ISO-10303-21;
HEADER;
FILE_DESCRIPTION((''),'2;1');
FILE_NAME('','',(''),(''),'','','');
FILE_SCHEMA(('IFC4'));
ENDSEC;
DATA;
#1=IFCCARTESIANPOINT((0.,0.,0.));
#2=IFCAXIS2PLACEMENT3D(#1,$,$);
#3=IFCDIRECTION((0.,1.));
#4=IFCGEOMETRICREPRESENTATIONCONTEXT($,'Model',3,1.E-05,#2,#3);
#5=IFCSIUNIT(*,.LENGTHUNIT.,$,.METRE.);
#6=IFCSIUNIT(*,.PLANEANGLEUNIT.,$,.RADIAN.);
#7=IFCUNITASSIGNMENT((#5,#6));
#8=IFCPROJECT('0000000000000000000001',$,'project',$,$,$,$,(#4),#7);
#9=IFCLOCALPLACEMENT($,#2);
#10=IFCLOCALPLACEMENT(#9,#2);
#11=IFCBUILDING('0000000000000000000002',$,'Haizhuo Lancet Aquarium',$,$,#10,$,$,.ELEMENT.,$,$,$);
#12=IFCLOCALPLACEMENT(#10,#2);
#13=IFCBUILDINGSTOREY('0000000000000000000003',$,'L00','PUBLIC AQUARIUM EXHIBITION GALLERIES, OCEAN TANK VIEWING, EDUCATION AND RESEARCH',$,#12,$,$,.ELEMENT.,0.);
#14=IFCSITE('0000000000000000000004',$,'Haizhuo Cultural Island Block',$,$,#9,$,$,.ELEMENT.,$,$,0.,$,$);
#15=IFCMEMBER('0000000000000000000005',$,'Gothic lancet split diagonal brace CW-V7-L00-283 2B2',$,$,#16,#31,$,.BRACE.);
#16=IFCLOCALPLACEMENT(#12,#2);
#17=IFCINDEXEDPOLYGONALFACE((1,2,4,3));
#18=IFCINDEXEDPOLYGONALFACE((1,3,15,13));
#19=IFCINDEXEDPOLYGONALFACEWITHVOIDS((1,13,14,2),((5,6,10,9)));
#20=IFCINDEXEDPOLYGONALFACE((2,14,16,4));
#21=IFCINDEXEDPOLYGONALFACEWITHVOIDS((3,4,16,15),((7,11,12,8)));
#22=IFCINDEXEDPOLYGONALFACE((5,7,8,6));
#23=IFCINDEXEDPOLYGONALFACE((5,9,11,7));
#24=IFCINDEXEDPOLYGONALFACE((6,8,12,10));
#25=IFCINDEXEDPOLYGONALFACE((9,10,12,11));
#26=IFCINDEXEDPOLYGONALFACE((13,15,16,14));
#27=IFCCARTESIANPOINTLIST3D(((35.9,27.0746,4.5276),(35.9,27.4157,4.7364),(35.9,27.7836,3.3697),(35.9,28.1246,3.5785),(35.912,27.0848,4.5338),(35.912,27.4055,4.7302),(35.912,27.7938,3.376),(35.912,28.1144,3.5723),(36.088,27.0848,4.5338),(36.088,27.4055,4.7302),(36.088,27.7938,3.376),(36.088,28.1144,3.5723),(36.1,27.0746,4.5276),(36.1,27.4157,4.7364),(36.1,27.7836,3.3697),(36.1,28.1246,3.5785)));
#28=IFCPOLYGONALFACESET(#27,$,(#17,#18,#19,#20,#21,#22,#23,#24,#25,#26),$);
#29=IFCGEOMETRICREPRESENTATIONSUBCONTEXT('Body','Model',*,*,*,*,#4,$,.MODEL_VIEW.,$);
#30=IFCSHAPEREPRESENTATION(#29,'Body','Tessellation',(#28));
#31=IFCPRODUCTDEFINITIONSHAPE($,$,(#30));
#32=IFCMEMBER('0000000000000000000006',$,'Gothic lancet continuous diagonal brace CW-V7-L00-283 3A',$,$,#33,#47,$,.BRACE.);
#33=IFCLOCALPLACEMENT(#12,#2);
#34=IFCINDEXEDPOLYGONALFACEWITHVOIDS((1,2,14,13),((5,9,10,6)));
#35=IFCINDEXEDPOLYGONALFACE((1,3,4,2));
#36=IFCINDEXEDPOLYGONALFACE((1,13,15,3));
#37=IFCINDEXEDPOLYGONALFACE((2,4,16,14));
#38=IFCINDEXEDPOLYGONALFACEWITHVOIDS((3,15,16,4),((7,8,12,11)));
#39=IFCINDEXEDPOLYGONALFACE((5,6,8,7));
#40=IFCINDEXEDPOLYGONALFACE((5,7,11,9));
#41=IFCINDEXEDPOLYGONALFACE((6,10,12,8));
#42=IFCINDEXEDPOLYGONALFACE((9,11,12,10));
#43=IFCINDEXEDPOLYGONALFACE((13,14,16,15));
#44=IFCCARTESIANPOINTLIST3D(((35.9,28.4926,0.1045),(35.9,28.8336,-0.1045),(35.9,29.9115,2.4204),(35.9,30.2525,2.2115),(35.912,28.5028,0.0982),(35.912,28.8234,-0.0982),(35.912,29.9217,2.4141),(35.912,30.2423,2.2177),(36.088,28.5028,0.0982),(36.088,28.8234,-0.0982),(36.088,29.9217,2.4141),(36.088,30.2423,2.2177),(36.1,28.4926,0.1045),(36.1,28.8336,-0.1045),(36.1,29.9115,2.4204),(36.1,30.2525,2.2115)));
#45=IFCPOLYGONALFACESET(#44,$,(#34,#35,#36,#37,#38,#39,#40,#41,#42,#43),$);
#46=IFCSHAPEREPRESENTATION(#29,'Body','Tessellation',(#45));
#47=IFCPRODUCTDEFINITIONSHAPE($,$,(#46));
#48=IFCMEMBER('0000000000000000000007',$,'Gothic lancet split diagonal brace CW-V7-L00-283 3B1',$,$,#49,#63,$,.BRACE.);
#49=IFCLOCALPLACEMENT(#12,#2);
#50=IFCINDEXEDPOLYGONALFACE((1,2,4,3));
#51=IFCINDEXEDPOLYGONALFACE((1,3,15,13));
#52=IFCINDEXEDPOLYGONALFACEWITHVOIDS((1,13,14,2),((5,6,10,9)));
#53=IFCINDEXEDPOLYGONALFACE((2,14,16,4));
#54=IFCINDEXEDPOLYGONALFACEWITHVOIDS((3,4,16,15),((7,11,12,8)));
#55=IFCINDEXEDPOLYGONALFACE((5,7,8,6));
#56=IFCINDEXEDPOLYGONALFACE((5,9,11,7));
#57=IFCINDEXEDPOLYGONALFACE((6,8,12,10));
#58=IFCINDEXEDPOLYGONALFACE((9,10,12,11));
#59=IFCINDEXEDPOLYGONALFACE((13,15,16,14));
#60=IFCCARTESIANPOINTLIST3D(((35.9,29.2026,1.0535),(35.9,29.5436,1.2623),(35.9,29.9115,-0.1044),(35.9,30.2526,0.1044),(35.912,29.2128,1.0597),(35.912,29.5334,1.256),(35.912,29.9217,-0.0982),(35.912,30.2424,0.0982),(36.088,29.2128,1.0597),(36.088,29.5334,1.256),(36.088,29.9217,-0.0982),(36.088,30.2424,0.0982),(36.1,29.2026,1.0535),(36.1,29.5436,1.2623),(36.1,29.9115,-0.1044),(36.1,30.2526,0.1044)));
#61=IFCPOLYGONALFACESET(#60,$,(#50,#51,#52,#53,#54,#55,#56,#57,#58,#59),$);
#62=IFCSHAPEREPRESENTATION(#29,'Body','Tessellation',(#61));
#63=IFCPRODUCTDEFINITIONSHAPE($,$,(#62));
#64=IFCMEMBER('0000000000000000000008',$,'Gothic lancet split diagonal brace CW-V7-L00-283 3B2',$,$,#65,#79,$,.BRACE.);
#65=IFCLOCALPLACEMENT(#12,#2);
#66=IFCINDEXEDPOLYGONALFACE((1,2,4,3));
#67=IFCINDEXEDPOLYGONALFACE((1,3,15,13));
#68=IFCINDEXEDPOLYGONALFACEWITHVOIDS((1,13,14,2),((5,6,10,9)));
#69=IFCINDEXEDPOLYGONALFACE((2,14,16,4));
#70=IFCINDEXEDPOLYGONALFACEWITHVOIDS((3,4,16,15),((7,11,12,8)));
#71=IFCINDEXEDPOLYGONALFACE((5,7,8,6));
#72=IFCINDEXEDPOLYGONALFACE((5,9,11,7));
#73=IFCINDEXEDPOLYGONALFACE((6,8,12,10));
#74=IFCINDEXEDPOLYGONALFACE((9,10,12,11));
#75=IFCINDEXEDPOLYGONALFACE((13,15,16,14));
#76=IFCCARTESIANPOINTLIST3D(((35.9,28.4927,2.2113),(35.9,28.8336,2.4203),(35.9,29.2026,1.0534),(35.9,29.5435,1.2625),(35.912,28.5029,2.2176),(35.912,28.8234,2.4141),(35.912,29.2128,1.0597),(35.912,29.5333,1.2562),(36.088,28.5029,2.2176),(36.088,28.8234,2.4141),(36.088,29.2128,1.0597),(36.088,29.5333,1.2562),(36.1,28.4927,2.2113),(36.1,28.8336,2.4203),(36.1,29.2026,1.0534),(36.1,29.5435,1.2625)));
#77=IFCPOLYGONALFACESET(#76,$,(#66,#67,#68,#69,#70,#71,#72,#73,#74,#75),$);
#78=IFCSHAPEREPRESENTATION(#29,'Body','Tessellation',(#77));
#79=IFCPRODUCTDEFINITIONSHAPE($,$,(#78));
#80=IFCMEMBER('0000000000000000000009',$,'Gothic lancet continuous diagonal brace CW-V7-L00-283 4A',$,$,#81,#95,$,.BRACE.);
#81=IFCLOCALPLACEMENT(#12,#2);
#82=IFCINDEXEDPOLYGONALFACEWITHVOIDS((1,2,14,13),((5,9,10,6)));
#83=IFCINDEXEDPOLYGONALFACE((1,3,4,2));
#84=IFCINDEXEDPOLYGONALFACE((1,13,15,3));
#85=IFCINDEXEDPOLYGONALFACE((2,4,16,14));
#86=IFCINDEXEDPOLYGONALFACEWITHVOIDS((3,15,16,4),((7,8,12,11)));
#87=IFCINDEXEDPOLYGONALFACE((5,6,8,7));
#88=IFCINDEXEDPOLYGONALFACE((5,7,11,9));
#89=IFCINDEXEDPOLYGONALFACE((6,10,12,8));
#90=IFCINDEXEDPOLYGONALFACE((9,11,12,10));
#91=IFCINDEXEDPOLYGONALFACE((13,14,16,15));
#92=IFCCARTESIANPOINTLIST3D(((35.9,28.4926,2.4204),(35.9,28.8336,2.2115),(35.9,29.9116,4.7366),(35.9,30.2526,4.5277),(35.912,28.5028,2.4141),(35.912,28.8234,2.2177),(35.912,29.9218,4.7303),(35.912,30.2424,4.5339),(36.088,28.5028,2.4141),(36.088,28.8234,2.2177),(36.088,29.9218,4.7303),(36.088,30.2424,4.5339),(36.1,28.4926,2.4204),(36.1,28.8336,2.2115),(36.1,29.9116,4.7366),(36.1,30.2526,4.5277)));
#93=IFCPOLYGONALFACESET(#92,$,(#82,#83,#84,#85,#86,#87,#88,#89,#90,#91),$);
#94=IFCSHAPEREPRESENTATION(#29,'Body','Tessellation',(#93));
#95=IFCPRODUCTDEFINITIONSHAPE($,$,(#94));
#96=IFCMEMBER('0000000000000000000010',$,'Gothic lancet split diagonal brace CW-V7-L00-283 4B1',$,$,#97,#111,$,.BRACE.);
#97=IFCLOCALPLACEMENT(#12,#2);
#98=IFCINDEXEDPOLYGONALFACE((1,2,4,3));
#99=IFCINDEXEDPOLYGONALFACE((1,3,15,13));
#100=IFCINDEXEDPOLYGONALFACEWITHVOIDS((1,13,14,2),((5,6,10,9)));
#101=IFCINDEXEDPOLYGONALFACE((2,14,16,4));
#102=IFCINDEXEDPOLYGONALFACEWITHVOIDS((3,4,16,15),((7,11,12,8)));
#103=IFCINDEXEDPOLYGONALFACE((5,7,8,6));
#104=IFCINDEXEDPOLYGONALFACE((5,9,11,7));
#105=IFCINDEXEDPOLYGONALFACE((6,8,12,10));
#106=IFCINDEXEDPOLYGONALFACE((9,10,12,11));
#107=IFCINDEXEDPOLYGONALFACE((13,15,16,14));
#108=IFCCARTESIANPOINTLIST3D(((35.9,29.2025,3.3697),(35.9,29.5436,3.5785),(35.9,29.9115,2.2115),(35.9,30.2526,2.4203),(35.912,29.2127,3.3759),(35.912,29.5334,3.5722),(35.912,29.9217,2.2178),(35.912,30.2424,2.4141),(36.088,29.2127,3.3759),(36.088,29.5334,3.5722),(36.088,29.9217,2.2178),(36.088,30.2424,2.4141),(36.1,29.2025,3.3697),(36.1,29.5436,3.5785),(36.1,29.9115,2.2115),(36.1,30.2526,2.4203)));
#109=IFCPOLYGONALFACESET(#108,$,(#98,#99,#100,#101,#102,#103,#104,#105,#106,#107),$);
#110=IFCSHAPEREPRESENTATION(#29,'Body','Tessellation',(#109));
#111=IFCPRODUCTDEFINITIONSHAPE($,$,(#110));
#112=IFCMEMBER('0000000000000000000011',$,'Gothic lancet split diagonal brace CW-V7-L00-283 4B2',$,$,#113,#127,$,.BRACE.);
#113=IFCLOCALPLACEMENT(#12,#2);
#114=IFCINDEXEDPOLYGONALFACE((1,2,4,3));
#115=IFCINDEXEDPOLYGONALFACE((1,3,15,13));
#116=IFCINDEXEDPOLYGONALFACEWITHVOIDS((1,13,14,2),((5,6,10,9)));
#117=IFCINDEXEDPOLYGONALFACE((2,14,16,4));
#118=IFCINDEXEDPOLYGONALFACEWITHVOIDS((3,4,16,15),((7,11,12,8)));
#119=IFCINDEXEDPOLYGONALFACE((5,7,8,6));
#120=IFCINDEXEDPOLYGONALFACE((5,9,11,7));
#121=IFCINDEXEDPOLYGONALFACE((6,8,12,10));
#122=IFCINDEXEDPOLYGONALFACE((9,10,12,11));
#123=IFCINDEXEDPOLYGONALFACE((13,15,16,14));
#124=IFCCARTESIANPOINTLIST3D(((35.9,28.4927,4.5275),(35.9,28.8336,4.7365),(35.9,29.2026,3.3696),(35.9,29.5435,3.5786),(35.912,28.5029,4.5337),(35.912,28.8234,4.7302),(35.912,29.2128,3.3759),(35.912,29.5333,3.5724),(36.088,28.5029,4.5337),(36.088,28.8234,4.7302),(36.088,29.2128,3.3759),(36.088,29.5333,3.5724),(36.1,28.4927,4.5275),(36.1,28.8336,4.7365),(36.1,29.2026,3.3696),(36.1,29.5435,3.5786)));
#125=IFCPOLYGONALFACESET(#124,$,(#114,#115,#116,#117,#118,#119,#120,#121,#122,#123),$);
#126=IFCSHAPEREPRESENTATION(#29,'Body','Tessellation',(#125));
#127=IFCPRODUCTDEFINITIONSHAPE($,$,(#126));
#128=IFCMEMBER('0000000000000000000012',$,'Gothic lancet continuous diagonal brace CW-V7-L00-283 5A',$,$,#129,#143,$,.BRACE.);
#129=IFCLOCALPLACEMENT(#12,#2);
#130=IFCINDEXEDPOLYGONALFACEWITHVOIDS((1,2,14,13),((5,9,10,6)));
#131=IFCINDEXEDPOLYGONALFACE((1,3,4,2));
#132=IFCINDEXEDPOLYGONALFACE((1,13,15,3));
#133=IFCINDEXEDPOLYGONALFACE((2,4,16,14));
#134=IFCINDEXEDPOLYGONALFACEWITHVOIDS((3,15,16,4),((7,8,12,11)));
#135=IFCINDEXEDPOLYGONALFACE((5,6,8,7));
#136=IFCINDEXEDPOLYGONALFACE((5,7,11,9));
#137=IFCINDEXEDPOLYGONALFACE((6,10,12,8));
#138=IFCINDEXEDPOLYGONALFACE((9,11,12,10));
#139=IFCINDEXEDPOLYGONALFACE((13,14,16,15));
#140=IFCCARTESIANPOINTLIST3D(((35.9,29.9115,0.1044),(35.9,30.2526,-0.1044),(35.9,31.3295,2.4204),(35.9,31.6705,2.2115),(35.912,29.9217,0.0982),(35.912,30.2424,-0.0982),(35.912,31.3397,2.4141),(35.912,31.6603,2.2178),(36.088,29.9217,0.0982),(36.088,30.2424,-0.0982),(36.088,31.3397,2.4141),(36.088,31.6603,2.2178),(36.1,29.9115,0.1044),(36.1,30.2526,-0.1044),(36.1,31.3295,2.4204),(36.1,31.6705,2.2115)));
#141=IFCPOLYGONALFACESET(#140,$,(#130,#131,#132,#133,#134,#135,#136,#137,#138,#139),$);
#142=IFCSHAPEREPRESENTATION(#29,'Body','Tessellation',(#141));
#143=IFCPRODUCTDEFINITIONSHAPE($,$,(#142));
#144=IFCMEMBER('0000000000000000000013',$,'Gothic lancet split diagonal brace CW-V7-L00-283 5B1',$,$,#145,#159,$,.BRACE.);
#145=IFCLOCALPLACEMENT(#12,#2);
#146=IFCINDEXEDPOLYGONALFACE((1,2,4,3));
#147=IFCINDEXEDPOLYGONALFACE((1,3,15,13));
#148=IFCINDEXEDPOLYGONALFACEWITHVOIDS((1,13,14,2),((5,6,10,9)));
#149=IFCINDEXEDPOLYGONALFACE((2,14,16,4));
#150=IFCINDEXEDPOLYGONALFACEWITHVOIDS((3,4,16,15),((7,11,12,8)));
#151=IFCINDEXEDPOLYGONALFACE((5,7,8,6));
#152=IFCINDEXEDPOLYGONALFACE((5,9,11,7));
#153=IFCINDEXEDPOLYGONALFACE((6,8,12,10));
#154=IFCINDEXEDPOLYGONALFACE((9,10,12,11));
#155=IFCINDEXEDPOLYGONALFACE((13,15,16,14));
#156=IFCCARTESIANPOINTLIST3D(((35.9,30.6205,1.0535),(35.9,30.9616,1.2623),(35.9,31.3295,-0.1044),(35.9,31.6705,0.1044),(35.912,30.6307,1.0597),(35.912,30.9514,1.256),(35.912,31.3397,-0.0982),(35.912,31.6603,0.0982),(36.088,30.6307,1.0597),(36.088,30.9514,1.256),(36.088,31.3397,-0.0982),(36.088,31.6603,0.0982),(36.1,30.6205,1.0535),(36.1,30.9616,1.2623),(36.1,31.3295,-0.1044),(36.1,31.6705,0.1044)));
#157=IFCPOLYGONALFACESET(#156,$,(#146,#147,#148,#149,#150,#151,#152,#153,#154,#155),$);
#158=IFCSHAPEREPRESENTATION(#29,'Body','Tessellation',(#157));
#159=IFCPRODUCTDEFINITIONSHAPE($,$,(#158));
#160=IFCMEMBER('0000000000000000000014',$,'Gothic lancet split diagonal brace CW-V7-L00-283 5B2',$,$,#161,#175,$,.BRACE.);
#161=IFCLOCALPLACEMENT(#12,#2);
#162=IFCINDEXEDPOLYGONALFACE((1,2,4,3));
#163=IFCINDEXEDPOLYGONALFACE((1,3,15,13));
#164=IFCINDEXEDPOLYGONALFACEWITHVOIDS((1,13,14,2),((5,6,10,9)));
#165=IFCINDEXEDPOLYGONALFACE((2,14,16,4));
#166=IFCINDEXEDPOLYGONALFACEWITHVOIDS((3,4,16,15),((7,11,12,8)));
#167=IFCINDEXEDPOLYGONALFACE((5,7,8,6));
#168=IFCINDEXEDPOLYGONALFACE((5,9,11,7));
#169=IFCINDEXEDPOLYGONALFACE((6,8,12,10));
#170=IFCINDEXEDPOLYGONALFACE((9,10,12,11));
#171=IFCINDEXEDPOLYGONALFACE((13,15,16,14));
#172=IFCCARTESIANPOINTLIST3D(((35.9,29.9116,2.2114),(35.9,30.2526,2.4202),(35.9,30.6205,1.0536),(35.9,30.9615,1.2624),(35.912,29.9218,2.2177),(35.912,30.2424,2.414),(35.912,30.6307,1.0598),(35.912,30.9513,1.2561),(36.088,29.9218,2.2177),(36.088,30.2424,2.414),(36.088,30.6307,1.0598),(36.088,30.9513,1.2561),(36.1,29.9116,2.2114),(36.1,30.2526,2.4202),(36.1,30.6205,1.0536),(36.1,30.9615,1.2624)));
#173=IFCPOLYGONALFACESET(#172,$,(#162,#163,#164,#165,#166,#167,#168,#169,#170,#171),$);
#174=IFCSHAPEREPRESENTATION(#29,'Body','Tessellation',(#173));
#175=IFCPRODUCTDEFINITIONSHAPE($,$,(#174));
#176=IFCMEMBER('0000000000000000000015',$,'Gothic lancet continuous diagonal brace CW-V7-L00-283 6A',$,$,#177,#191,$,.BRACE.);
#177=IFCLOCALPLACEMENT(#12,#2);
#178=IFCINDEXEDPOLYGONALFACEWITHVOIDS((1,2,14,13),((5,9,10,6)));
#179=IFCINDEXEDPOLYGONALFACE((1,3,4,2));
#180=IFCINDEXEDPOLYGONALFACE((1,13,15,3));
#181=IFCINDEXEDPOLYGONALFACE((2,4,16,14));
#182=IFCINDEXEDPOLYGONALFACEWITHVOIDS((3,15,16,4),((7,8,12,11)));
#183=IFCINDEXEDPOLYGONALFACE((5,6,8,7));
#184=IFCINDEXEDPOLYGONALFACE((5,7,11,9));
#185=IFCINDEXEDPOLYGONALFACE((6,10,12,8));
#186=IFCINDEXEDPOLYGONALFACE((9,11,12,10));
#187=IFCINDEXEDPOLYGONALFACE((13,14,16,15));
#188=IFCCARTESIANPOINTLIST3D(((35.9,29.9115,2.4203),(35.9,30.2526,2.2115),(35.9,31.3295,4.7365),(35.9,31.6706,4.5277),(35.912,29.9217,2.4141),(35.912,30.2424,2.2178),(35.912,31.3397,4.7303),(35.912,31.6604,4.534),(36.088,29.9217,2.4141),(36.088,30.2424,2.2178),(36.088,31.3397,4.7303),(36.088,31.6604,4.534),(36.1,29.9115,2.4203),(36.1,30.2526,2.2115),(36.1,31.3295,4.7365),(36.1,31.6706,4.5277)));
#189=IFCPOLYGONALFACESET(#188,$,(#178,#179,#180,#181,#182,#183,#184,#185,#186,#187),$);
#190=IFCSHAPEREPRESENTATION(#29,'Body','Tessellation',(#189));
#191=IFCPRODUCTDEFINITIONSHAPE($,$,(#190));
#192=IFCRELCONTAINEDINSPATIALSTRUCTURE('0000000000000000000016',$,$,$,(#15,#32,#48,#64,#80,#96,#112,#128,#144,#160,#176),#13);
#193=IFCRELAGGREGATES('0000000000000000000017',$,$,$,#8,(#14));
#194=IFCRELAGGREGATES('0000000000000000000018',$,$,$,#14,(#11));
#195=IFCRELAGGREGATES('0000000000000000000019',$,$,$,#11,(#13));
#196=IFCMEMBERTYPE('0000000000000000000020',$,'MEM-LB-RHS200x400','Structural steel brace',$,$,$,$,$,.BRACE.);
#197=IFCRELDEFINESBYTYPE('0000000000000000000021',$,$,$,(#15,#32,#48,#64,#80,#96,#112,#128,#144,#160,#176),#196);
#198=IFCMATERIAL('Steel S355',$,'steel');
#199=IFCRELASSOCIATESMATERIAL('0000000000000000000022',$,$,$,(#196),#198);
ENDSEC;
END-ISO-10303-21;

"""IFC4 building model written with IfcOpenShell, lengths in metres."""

from ifc_helpers import new_model, si_unit, direction, frame, origin, origin_2d, place, context, subcontext, project, spatial, hollow_rectangle, extrude, material, material_profile, profile_set, type_object, element, save


model = new_model("IFC4")

# Units and contexts
model_context = context("Model", 3, precision=1e-05, world=origin(), true_north=direction((0.0, 1.0)))
body_context = subcontext(model_context, "Body", "Model", "MODEL_VIEW")
ifc_project = project(units=[si_unit("LENGTHUNIT", "METRE"), si_unit("PLANEANGLEUNIT", "RADIAN")], contexts=[model_context])

# Site, building, storey
site_placement = place(None, origin())
site = spatial("IfcSite", under=ifc_project, at=site_placement, Name="Haizhuo Cultural Island Block", CompositionType="ELEMENT", RefElevation=0.0)
building_placement = place(site_placement, origin())
building = spatial("IfcBuilding", under=site, at=building_placement, Name="Haizhuo Lancet Aquarium", CompositionType="ELEMENT")
storey_placement = place(building_placement, origin())
storey = spatial("IfcBuildingStorey", under=building, at=storey_placement, Name="L00", Description="PUBLIC AQUARIUM EXHIBITION GALLERIES, OCEAN TANK VIEWING, EDUCATION AND RESEARCH", CompositionType="ELEMENT", Elevation=0.0)

# Members
ifc_material_1 = material(Name="Steel S355", Category="steel")
ifc_material_profile_1 = material_profile(ifc_material_1, hollow_rectangle(XDim=0.2, YDim=0.3999, WallThickness=0.012, at=origin_2d()), Name="RHS 200x400x12")
ifc_profile_set_1 = profile_set([ifc_material_profile_1], Name="Steel S355")
member_type_1 = type_object("IfcMemberType", Name="MEM-LB-RHS200x400", Description="Structural steel brace", PredefinedType="BRACE", material=ifc_profile_set_1)
member_1_placement = place(storey_placement, frame((36.0, 27.9541, 3.4741), z_axis=(0.0, -0.52217, 0.852841), x_axis=(1.0, 0.0, 0.0)))
element("IfcMember", 1, at=member_1_placement, inside=storey, type_object=member_type_1, Name="Gothic lancet split diagonal brace CW-V7-L00-283 2B2", PredefinedType="BRACE", context=body_context, shape_type="SweptSolid", body=[
    extrude(hollow_rectangle(XDim=0.2, YDim=0.3999, WallThickness=0.012, at=origin_2d()), origin(), (0.0, 0.0, 1.0), 1.3577),
])
member_2_placement = place(storey_placement, frame((36.0, 28.6631, 0.0), z_axis=(0.0, 0.522431, 0.852681), x_axis=(-1.0, 0.0, 0.0)))
element("IfcMember", 2, at=member_2_placement, inside=storey, type_object=member_type_1, Name="Gothic lancet continuous diagonal brace CW-V7-L00-283 3A", PredefinedType="BRACE", context=body_context, shape_type="SweptSolid", body=[
    extrude(hollow_rectangle(XDim=0.2, YDim=0.3999, WallThickness=0.012, at=origin_2d()), origin(), (0.0, 0.0, 1.0), 2.7161),
])
member_3_placement = place(storey_placement, frame((36.0, 30.082, 0.0), z_axis=(0.0, -0.52217, 0.852841), x_axis=(1.0, 0.0, 0.0)))
element("IfcMember", 3, at=member_3_placement, inside=storey, type_object=member_type_1, Name="Gothic lancet split diagonal brace CW-V7-L00-283 3B1", PredefinedType="BRACE", context=body_context, shape_type="SweptSolid", body=[
    extrude(hollow_rectangle(XDim=0.2, YDim=0.3999, WallThickness=0.012, at=origin_2d()), origin(), (0.0, 0.0, 1.0), 1.3577),
])
member_4_placement = place(storey_placement, frame((36.0, 29.373, 1.158), z_axis=(0.0, -0.522693, 0.852521), x_axis=(1.0, 0.0, 0.0)))
element("IfcMember", 4, at=member_4_placement, inside=storey, type_object=member_type_1, Name="Gothic lancet split diagonal brace CW-V7-L00-283 3B2", PredefinedType="BRACE", context=body_context, shape_type="SweptSolid", body=[
    extrude(hollow_rectangle(XDim=0.2, YDim=0.3999, WallThickness=0.012, at=origin_2d()), origin(), (0.0, 0.0, 1.0), 1.3582),
])
member_5_placement = place(storey_placement, frame((36.0, 28.6631, 2.3159), z_axis=(0.0, 0.522391, 0.852706), x_axis=(-1.0, 0.0, 0.0)))
element("IfcMember", 5, at=member_5_placement, inside=storey, type_object=member_type_1, Name="Gothic lancet continuous diagonal brace CW-V7-L00-283 4A", PredefinedType="BRACE", context=body_context, shape_type="SweptSolid", body=[
    extrude(hollow_rectangle(XDim=0.2, YDim=0.3999, WallThickness=0.012, at=origin_2d()), origin(), (0.0, 0.0, 1.0), 2.7163),
])
member_6_placement = place(storey_placement, frame((36.0, 30.082, 2.3159), z_axis=(0.0, -0.52209, 0.852891), x_axis=(1.0, 0.0, 0.0)))
element("IfcMember", 6, at=member_6_placement, inside=storey, type_object=member_type_1, Name="Gothic lancet split diagonal brace CW-V7-L00-283 4B1", PredefinedType="BRACE", context=body_context, shape_type="SweptSolid", body=[
    extrude(hollow_rectangle(XDim=0.2, YDim=0.3999, WallThickness=0.012, at=origin_2d()), origin(), (0.0, 0.0, 1.0), 1.3579),
])
member_7_placement = place(storey_placement, frame((36.0, 29.373, 3.4741), z_axis=(0.0, -0.522693, 0.852521), x_axis=(1.0, 0.0, 0.0)))
element("IfcMember", 7, at=member_7_placement, inside=storey, type_object=member_type_1, Name="Gothic lancet split diagonal brace CW-V7-L00-283 4B2", PredefinedType="BRACE", context=body_context, shape_type="SweptSolid", body=[
    extrude(hollow_rectangle(XDim=0.2, YDim=0.3999, WallThickness=0.012, at=origin_2d()), origin(), (0.0, 0.0, 1.0), 1.3582),
])
member_8_placement = place(storey_placement, frame((36.0, 30.082, 0.0), z_axis=(0.0, 0.52217, 0.852841), x_axis=(-1.0, 0.0, 0.0)))
element("IfcMember", 8, at=member_8_placement, inside=storey, type_object=member_type_1, Name="Gothic lancet continuous diagonal brace CW-V7-L00-283 5A", PredefinedType="BRACE", context=body_context, shape_type="SweptSolid", body=[
    extrude(hollow_rectangle(XDim=0.2, YDim=0.3999, WallThickness=0.012, at=origin_2d()), origin(), (0.0, 0.0, 1.0), 2.7156),
])
for number, where, z_axis, x_axis, name in (
    (9, (36.0, 31.5, 0.0), (0.0, -0.52217, 0.852841), (1.0, 0.0, 0.0), "Gothic lancet split diagonal brace CW-V7-L00-283 5B1"),
    (10, (36.0, 30.791, 1.158), (0.0, -0.52217, 0.852841), (1.0, 0.0, 0.0), "Gothic lancet split diagonal brace CW-V7-L00-283 5B2"),
):
    element("IfcMember", number, at=place(storey_placement, frame(where, z_axis=z_axis, x_axis=x_axis)), inside=storey, type_object=member_type_1, Name=name, PredefinedType="BRACE", context=body_context, shape_type="SweptSolid", body=[
        extrude(hollow_rectangle(XDim=0.2, YDim=0.3999, WallThickness=0.012, at=origin_2d()), origin(), (0.0, 0.0, 1.0), 1.3577),
    ])
member_9_placement = place(storey_placement, frame((36.0, 30.082, 2.3159), z_axis=(0.0, 0.52213, 0.852866), x_axis=(-1.0, 0.0, 0.0)))
element("IfcMember", 11, at=member_9_placement, inside=storey, type_object=member_type_1, Name="Gothic lancet continuous diagonal brace CW-V7-L00-283 6A", PredefinedType="BRACE", context=body_context, shape_type="SweptSolid", body=[
    extrude(hollow_rectangle(XDim=0.2, YDim=0.3999, WallThickness=0.012, at=origin_2d()), origin(), (0.0, 0.0, 1.0), 2.7158),
])

save(model, "model.ifc")
